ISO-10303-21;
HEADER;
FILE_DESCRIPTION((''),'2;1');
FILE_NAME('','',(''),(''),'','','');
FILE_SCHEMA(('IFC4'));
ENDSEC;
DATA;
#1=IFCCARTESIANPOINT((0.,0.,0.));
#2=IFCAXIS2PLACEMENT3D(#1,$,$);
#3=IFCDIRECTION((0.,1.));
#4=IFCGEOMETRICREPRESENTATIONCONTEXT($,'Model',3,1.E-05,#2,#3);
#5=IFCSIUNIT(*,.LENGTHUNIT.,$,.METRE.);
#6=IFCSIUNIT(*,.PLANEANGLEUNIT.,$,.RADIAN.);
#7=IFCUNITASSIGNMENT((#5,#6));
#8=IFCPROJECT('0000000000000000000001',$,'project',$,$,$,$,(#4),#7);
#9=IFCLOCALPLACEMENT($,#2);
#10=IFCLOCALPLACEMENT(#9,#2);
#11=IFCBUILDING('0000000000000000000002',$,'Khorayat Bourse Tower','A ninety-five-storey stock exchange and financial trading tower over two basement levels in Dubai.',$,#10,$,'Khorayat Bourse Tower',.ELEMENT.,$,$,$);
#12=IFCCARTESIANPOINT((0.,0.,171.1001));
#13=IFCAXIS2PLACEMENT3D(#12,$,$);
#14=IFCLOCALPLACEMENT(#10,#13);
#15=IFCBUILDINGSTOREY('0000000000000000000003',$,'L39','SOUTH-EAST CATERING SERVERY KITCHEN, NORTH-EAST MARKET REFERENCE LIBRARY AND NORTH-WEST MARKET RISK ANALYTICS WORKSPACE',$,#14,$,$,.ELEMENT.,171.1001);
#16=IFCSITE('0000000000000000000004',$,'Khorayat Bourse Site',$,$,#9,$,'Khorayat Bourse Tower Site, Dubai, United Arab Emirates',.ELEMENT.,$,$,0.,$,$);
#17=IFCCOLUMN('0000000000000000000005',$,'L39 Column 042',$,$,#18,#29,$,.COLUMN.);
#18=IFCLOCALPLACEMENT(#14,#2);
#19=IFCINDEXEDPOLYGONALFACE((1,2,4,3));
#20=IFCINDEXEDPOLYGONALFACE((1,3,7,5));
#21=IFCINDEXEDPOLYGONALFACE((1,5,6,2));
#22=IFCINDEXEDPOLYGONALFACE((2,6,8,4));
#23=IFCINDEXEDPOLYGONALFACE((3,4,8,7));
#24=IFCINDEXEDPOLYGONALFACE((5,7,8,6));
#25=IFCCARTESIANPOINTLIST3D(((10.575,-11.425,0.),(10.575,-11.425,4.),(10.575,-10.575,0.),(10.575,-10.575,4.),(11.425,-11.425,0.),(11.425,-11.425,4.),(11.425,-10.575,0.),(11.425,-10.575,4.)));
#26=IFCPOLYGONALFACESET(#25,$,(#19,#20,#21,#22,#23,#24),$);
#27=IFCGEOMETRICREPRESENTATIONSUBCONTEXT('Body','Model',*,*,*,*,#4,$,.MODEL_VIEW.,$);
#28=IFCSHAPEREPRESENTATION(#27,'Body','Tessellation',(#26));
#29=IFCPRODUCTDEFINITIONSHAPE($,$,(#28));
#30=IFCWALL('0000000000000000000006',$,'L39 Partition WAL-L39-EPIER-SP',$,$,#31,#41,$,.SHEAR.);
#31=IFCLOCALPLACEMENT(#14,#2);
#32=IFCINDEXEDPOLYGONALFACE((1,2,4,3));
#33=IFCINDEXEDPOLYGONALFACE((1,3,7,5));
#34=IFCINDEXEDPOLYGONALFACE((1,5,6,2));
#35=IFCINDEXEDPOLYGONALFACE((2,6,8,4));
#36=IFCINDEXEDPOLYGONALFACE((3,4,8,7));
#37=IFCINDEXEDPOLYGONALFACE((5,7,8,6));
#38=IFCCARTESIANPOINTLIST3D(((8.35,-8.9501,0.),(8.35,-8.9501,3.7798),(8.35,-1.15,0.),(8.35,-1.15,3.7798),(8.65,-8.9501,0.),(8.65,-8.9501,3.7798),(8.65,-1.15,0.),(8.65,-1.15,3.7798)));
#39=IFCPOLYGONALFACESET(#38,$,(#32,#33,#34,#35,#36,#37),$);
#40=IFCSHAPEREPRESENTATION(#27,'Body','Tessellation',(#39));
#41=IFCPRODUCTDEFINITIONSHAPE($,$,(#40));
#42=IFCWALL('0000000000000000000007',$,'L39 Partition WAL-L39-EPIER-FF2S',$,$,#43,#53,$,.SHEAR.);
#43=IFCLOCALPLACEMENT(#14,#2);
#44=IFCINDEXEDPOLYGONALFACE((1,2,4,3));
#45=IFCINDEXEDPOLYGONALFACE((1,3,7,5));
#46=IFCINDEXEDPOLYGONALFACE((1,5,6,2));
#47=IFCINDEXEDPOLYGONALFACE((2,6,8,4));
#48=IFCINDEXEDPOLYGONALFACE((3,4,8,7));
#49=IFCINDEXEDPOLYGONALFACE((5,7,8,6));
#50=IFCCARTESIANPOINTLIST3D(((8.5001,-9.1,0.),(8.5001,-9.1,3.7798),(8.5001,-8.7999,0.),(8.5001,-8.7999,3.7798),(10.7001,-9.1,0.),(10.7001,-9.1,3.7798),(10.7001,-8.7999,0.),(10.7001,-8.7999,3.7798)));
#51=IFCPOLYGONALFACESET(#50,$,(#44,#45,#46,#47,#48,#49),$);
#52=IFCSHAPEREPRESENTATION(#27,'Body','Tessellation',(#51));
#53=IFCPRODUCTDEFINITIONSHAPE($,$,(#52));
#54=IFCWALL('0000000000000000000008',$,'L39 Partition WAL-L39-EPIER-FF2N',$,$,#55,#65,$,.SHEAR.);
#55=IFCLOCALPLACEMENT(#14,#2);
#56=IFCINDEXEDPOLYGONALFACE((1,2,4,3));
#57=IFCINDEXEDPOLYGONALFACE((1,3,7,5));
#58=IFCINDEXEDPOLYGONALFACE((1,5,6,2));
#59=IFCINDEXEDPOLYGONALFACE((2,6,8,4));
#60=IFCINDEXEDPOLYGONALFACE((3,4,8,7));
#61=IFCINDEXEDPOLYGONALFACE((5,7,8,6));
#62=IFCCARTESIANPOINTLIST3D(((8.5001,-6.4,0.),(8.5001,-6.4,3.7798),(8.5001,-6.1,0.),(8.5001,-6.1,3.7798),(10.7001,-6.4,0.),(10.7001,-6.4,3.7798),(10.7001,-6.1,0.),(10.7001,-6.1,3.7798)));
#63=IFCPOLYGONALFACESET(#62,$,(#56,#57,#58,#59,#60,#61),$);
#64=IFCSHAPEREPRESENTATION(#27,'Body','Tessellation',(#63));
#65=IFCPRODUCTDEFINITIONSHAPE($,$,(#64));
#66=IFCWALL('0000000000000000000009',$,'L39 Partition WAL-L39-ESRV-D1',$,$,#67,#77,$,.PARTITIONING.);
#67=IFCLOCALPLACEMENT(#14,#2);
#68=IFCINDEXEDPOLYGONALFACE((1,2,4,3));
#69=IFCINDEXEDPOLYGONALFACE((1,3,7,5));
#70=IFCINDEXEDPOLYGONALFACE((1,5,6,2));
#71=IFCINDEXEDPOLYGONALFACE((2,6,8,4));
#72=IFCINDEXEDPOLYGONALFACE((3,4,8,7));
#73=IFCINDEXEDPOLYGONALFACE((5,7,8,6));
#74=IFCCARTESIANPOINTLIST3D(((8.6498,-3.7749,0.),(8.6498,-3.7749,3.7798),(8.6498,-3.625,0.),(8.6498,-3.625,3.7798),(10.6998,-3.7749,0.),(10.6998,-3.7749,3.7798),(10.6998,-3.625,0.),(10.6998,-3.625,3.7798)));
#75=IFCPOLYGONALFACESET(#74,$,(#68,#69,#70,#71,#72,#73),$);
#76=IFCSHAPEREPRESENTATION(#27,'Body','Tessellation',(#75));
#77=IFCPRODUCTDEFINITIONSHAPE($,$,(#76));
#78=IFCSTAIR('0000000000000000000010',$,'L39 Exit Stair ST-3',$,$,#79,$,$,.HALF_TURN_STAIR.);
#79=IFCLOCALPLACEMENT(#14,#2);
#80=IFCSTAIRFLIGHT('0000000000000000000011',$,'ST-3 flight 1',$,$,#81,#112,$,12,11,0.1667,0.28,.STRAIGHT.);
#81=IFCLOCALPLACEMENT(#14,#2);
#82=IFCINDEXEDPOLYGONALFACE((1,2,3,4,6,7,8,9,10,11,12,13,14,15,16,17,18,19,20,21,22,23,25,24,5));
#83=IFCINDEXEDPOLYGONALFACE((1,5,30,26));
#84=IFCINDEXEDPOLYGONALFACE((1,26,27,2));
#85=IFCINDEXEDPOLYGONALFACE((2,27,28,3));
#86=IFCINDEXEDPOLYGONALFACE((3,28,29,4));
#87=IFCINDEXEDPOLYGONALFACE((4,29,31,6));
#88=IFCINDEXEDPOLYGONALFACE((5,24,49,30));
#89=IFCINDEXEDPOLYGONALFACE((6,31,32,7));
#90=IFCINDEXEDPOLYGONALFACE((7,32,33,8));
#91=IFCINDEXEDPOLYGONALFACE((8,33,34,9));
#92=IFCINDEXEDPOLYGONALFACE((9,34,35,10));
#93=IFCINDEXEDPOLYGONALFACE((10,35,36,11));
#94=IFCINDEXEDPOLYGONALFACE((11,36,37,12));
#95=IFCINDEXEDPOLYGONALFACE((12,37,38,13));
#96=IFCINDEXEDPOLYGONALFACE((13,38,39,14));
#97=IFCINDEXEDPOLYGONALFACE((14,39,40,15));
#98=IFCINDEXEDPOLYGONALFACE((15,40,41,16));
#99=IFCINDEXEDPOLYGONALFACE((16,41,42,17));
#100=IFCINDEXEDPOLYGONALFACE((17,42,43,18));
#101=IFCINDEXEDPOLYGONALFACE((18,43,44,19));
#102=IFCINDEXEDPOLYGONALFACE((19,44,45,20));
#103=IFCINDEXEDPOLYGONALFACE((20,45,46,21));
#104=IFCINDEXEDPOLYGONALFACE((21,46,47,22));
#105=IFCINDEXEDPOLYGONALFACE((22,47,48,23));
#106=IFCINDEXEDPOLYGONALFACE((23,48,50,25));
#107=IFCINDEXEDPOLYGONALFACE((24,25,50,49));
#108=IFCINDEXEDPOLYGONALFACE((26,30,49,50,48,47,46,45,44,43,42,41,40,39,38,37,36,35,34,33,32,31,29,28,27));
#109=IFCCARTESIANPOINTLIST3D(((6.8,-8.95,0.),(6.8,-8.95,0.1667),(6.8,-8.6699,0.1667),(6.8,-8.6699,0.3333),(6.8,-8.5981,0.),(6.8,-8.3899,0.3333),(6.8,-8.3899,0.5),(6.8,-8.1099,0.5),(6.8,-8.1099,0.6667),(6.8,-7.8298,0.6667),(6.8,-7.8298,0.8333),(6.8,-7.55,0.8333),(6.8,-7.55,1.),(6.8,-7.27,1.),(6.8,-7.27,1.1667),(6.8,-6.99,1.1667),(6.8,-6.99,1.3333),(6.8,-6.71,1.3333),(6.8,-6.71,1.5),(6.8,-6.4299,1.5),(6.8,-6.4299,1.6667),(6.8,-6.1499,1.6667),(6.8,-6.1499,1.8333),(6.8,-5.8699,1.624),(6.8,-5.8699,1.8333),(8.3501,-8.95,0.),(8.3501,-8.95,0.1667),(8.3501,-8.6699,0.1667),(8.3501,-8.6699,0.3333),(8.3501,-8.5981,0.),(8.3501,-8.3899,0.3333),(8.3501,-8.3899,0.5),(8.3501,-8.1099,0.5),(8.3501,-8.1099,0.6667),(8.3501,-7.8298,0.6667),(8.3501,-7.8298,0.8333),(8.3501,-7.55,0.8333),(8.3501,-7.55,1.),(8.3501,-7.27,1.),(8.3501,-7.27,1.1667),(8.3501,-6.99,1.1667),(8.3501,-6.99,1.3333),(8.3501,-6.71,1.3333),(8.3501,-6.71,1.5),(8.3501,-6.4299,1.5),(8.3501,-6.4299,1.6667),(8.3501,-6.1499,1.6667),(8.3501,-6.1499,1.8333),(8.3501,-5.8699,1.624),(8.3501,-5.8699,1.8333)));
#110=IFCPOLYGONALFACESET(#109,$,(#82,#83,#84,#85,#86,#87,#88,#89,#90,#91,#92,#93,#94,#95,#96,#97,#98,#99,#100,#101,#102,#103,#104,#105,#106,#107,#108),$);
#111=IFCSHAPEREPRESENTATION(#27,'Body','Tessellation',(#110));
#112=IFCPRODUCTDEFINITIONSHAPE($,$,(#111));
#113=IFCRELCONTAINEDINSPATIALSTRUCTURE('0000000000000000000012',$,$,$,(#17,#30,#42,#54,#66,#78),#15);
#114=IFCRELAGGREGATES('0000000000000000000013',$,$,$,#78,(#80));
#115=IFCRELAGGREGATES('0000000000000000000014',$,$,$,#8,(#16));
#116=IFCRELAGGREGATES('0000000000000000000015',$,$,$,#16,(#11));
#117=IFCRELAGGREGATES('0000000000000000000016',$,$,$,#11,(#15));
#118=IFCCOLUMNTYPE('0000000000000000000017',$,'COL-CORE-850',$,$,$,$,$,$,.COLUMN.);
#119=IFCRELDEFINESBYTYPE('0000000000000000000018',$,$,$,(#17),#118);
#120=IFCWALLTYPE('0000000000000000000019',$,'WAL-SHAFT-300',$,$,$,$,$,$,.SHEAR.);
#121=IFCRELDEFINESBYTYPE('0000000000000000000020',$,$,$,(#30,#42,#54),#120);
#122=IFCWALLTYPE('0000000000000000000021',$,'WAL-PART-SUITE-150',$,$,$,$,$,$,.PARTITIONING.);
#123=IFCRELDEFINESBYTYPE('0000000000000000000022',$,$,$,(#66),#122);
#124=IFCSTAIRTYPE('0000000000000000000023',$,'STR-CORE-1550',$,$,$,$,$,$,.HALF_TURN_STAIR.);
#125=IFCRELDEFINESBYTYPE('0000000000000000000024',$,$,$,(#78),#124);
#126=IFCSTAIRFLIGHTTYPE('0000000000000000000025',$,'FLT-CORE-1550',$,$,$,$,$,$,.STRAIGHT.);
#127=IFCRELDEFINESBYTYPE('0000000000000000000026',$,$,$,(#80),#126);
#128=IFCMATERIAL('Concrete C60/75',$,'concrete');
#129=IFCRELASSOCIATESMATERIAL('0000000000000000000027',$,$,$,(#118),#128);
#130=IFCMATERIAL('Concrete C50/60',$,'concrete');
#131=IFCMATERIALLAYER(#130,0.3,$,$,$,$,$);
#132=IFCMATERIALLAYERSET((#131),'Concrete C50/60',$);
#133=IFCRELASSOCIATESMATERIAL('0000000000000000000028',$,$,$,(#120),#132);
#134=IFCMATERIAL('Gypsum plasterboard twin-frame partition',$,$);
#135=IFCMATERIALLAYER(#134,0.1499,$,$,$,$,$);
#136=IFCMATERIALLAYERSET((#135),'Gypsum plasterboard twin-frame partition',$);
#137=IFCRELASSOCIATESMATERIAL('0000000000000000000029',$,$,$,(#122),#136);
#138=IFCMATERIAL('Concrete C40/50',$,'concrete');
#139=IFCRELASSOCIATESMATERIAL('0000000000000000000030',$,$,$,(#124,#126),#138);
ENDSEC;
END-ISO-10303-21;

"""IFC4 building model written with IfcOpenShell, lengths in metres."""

from ifc_helpers import new_model, si_unit, direction, frame, frame_2d, origin, origin_2d, place, context, subcontext, project, spatial, polyline, rectangle, outline, extrude, source, transform, mapped, material, layer, layer_set, material_profile, profile_set, type_object, element, aggregate, save


model = new_model("IFC4")

# Units and contexts
model_context = context("Model", 3, precision=1e-05, world=origin(), true_north=direction((0.0, 1.0)))
body_context = subcontext(model_context, "Body", "Model", "MODEL_VIEW")
ifc_project = project(units=[si_unit("LENGTHUNIT", "METRE"), si_unit("PLANEANGLEUNIT", "RADIAN")], contexts=[model_context])

# Site, building, storey
site_placement = place(None, origin())
site = spatial("IfcSite", under=ifc_project, at=site_placement, Name="Khorayat Bourse Site", LongName="Khorayat Bourse Tower Site, Dubai, United Arab Emirates", CompositionType="ELEMENT", RefElevation=0.0)
building_placement = place(site_placement, origin())
building = spatial("IfcBuilding", under=site, at=building_placement, Name="Khorayat Bourse Tower", Description="A ninety-five-storey stock exchange and financial trading tower over two basement levels in Dubai.", LongName="Khorayat Bourse Tower", CompositionType="ELEMENT")
storey_placement = place(building_placement, frame((0.0, 0.0, 171.1001)))
storey = spatial("IfcBuildingStorey", under=building, at=storey_placement, Name="L39", Description="SOUTH-EAST CATERING SERVERY KITCHEN, NORTH-EAST MARKET REFERENCE LIBRARY AND NORTH-WEST MARKET RISK ANALYTICS WORKSPACE", CompositionType="ELEMENT", Elevation=171.1001)

# Column
ifc_material_1 = material(Name="Concrete C60/75", Category="concrete")
ifc_material_profile = material_profile(ifc_material_1, rectangle(XDim=0.8501, YDim=0.8501, at=origin_2d()), Name="RC 850x850")
ifc_profile_set = profile_set([ifc_material_profile], Name="Concrete C60/75")
column_type = type_object("IfcColumnType", Name="COL-CORE-850", PredefinedType="COLUMN", material=ifc_profile_set)
shared_shape_1 = source(origin(), body_context, "Body", "SweptSolid", [
    extrude(rectangle(XDim=0.8501, YDim=0.8501, at=origin_2d()), origin(), (0.0, 0.0, 1.0), 4.0),
])
column_placement = place(storey_placement, frame((11.0, -11.0, 0.0), z_axis=(0.0, 0.0, 1.0), x_axis=(1.0, 0.0, 0.0)))
element("IfcColumn", 1, at=column_placement, inside=storey, type_object=column_type, Name="L39 Column 042", PredefinedType="COLUMN", context=body_context, shape_type="MappedRepresentation", body=[
    mapped(shared_shape_1, transform((0.0, 0.0, 0.0), scale=1.0)),
])

# Walls
ifc_material_2 = material(Name="Concrete C50/60", Category="concrete")
ifc_layer_1 = layer(ifc_material_2, 0.3)
ifc_layer_set_1 = layer_set([ifc_layer_1], Name="Concrete C50/60")
wall_type_1 = type_object("IfcWallType", Name="WAL-SHAFT-300", PredefinedType="SHEAR", material=ifc_layer_set_1)
shared_shape_2 = source(origin(), body_context, "Body", "SweptSolid", [
    extrude(rectangle(XDim=7.8, YDim=0.3, at=frame_2d((3.8999, 0.0))), origin(), (0.0, 0.0, 1.0), 3.7798),
])
wall_1_placement = place(storey_placement, frame((8.5, -8.95, 0.0), z_axis=(0.0, 0.0, 1.0), x_axis=(0.0, 1.0, 0.0)))
element("IfcWall", 2, at=wall_1_placement, inside=storey, type_object=wall_type_1, Name="L39 Partition WAL-L39-EPIER-SP", PredefinedType="SHEAR", context=body_context, shape_type="MappedRepresentation", body=[
    mapped(shared_shape_2, transform((0.0, 0.0, 0.0), scale=1.0)),
])
shared_shape_3 = source(origin(), body_context, "Body", "SweptSolid", [
    extrude(rectangle(XDim=2.2, YDim=0.3, at=frame_2d((1.1001, 0.0))), origin(), (0.0, 0.0, 1.0), 3.7798),
])
for number, where, z_axis, x_axis, name in (
    (3, (8.5, -8.95, 0.0), (0.0, 0.0, 1.0), (1.0, 0.0, 0.0), "L39 Partition WAL-L39-EPIER-FF2S"),
    (4, (8.5, -6.25, 0.0), (0.0, 0.0, 1.0), (1.0, 0.0, 0.0), "L39 Partition WAL-L39-EPIER-FF2N"),
):
    element("IfcWall", number, at=place(storey_placement, frame(where, z_axis=z_axis, x_axis=x_axis)), inside=storey, type_object=wall_type_1, Name=name, PredefinedType="SHEAR", context=body_context, shape_type="MappedRepresentation", body=[
        mapped(shared_shape_3, transform((0.0, 0.0, 0.0), scale=1.0)),
    ])
ifc_material_3 = material(Name="Gypsum plasterboard twin-frame partition")
ifc_layer_2 = layer(ifc_material_3, 0.1499)
ifc_layer_set_2 = layer_set([ifc_layer_2], Name="Gypsum plasterboard twin-frame partition")
wall_type_2 = type_object("IfcWallType", Name="WAL-PART-SUITE-150", PredefinedType="PARTITIONING", material=ifc_layer_set_2)
shared_shape_4 = source(origin(), body_context, "Body", "SweptSolid", [
    extrude(rectangle(XDim=2.05, YDim=0.1499, at=frame_2d((1.0249, 0.0))), origin(), (0.0, 0.0, 1.0), 3.7798),
])
wall_2_placement = place(storey_placement, frame((8.6499, -3.7, 0.0), z_axis=(0.0, 0.0, 1.0), x_axis=(1.0, 0.0, 0.0)))
element("IfcWall", 5, at=wall_2_placement, inside=storey, type_object=wall_type_2, Name="L39 Partition WAL-L39-ESRV-D1", PredefinedType="PARTITIONING", context=body_context, shape_type="MappedRepresentation", body=[
    mapped(shared_shape_4, transform((0.0, 0.0, 0.0), scale=1.0)),
])

# Stair, stair flight
ifc_material_4 = material(Name="Concrete C40/50", Category="concrete")
stair_type = type_object("IfcStairType", Name="STR-CORE-1550", PredefinedType="HALF_TURN_STAIR", material=ifc_material_4)
stair_placement = place(storey_placement, origin())
stair = element("IfcStair", 6, at=stair_placement, inside=storey, type_object=stair_type, Name="L39 Exit Stair ST-3", PredefinedType="HALF_TURN_STAIR")
stair_flight_type = type_object("IfcStairFlightType", Name="FLT-CORE-1550", PredefinedType="STRAIGHT", material=ifc_material_4)
shared_shape_5 = source(origin(), body_context, "Body", "SweptSolid", [
    extrude(outline(polyline([(0.0, 0.0), (0.0, 0.1667), (0.28, 0.1667), (0.28, 0.3333), (0.5601, 0.3333), (0.5601, 0.5), (0.8401, 0.5), (0.8401, 0.6667), (1.1201, 0.6667), (1.1201, 0.8333), (1.3999, 0.8333), (1.3999, 1.0), (1.6799, 1.0), (1.6799, 1.1667), (1.96, 1.1667), (1.96, 1.3333), (2.24, 1.3333), (2.24, 1.5), (2.52, 1.5), (2.52, 1.6667), (2.8, 1.6667), (2.8, 1.8333), (3.0801, 1.8333), (3.0801, 2.0), (3.0801, 1.624), (0.3518, 0.0), (0.0, 0.0)])), frame((0.0, 0.7749, 0.0), z_axis=(0.0, -1.0, 0.0), x_axis=(1.0, 0.0, 0.0)), (0.0, 0.0, 1.0), 1.55),
])
stair_flight_placement = place(storey_placement, frame((7.575, -8.95, 0.0), z_axis=(0.0, 0.0, 1.0), x_axis=(0.0, 1.0, 0.0)))
stair_flight = element("IfcStairFlight", 7, at=stair_flight_placement, type_object=stair_flight_type, Name="ST-3 flight 1", NumberOfRisers=12, NumberOfTreads=11, PredefinedType="STRAIGHT", RiserHeight=0.1667, TreadLength=0.28, context=body_context, shape_type="MappedRepresentation", body=[
    mapped(shared_shape_5, transform((0.0, 0.0, 0.0), scale=1.0)),
])
aggregate(stair, [stair_flight])

save(model, "model.ifc")
